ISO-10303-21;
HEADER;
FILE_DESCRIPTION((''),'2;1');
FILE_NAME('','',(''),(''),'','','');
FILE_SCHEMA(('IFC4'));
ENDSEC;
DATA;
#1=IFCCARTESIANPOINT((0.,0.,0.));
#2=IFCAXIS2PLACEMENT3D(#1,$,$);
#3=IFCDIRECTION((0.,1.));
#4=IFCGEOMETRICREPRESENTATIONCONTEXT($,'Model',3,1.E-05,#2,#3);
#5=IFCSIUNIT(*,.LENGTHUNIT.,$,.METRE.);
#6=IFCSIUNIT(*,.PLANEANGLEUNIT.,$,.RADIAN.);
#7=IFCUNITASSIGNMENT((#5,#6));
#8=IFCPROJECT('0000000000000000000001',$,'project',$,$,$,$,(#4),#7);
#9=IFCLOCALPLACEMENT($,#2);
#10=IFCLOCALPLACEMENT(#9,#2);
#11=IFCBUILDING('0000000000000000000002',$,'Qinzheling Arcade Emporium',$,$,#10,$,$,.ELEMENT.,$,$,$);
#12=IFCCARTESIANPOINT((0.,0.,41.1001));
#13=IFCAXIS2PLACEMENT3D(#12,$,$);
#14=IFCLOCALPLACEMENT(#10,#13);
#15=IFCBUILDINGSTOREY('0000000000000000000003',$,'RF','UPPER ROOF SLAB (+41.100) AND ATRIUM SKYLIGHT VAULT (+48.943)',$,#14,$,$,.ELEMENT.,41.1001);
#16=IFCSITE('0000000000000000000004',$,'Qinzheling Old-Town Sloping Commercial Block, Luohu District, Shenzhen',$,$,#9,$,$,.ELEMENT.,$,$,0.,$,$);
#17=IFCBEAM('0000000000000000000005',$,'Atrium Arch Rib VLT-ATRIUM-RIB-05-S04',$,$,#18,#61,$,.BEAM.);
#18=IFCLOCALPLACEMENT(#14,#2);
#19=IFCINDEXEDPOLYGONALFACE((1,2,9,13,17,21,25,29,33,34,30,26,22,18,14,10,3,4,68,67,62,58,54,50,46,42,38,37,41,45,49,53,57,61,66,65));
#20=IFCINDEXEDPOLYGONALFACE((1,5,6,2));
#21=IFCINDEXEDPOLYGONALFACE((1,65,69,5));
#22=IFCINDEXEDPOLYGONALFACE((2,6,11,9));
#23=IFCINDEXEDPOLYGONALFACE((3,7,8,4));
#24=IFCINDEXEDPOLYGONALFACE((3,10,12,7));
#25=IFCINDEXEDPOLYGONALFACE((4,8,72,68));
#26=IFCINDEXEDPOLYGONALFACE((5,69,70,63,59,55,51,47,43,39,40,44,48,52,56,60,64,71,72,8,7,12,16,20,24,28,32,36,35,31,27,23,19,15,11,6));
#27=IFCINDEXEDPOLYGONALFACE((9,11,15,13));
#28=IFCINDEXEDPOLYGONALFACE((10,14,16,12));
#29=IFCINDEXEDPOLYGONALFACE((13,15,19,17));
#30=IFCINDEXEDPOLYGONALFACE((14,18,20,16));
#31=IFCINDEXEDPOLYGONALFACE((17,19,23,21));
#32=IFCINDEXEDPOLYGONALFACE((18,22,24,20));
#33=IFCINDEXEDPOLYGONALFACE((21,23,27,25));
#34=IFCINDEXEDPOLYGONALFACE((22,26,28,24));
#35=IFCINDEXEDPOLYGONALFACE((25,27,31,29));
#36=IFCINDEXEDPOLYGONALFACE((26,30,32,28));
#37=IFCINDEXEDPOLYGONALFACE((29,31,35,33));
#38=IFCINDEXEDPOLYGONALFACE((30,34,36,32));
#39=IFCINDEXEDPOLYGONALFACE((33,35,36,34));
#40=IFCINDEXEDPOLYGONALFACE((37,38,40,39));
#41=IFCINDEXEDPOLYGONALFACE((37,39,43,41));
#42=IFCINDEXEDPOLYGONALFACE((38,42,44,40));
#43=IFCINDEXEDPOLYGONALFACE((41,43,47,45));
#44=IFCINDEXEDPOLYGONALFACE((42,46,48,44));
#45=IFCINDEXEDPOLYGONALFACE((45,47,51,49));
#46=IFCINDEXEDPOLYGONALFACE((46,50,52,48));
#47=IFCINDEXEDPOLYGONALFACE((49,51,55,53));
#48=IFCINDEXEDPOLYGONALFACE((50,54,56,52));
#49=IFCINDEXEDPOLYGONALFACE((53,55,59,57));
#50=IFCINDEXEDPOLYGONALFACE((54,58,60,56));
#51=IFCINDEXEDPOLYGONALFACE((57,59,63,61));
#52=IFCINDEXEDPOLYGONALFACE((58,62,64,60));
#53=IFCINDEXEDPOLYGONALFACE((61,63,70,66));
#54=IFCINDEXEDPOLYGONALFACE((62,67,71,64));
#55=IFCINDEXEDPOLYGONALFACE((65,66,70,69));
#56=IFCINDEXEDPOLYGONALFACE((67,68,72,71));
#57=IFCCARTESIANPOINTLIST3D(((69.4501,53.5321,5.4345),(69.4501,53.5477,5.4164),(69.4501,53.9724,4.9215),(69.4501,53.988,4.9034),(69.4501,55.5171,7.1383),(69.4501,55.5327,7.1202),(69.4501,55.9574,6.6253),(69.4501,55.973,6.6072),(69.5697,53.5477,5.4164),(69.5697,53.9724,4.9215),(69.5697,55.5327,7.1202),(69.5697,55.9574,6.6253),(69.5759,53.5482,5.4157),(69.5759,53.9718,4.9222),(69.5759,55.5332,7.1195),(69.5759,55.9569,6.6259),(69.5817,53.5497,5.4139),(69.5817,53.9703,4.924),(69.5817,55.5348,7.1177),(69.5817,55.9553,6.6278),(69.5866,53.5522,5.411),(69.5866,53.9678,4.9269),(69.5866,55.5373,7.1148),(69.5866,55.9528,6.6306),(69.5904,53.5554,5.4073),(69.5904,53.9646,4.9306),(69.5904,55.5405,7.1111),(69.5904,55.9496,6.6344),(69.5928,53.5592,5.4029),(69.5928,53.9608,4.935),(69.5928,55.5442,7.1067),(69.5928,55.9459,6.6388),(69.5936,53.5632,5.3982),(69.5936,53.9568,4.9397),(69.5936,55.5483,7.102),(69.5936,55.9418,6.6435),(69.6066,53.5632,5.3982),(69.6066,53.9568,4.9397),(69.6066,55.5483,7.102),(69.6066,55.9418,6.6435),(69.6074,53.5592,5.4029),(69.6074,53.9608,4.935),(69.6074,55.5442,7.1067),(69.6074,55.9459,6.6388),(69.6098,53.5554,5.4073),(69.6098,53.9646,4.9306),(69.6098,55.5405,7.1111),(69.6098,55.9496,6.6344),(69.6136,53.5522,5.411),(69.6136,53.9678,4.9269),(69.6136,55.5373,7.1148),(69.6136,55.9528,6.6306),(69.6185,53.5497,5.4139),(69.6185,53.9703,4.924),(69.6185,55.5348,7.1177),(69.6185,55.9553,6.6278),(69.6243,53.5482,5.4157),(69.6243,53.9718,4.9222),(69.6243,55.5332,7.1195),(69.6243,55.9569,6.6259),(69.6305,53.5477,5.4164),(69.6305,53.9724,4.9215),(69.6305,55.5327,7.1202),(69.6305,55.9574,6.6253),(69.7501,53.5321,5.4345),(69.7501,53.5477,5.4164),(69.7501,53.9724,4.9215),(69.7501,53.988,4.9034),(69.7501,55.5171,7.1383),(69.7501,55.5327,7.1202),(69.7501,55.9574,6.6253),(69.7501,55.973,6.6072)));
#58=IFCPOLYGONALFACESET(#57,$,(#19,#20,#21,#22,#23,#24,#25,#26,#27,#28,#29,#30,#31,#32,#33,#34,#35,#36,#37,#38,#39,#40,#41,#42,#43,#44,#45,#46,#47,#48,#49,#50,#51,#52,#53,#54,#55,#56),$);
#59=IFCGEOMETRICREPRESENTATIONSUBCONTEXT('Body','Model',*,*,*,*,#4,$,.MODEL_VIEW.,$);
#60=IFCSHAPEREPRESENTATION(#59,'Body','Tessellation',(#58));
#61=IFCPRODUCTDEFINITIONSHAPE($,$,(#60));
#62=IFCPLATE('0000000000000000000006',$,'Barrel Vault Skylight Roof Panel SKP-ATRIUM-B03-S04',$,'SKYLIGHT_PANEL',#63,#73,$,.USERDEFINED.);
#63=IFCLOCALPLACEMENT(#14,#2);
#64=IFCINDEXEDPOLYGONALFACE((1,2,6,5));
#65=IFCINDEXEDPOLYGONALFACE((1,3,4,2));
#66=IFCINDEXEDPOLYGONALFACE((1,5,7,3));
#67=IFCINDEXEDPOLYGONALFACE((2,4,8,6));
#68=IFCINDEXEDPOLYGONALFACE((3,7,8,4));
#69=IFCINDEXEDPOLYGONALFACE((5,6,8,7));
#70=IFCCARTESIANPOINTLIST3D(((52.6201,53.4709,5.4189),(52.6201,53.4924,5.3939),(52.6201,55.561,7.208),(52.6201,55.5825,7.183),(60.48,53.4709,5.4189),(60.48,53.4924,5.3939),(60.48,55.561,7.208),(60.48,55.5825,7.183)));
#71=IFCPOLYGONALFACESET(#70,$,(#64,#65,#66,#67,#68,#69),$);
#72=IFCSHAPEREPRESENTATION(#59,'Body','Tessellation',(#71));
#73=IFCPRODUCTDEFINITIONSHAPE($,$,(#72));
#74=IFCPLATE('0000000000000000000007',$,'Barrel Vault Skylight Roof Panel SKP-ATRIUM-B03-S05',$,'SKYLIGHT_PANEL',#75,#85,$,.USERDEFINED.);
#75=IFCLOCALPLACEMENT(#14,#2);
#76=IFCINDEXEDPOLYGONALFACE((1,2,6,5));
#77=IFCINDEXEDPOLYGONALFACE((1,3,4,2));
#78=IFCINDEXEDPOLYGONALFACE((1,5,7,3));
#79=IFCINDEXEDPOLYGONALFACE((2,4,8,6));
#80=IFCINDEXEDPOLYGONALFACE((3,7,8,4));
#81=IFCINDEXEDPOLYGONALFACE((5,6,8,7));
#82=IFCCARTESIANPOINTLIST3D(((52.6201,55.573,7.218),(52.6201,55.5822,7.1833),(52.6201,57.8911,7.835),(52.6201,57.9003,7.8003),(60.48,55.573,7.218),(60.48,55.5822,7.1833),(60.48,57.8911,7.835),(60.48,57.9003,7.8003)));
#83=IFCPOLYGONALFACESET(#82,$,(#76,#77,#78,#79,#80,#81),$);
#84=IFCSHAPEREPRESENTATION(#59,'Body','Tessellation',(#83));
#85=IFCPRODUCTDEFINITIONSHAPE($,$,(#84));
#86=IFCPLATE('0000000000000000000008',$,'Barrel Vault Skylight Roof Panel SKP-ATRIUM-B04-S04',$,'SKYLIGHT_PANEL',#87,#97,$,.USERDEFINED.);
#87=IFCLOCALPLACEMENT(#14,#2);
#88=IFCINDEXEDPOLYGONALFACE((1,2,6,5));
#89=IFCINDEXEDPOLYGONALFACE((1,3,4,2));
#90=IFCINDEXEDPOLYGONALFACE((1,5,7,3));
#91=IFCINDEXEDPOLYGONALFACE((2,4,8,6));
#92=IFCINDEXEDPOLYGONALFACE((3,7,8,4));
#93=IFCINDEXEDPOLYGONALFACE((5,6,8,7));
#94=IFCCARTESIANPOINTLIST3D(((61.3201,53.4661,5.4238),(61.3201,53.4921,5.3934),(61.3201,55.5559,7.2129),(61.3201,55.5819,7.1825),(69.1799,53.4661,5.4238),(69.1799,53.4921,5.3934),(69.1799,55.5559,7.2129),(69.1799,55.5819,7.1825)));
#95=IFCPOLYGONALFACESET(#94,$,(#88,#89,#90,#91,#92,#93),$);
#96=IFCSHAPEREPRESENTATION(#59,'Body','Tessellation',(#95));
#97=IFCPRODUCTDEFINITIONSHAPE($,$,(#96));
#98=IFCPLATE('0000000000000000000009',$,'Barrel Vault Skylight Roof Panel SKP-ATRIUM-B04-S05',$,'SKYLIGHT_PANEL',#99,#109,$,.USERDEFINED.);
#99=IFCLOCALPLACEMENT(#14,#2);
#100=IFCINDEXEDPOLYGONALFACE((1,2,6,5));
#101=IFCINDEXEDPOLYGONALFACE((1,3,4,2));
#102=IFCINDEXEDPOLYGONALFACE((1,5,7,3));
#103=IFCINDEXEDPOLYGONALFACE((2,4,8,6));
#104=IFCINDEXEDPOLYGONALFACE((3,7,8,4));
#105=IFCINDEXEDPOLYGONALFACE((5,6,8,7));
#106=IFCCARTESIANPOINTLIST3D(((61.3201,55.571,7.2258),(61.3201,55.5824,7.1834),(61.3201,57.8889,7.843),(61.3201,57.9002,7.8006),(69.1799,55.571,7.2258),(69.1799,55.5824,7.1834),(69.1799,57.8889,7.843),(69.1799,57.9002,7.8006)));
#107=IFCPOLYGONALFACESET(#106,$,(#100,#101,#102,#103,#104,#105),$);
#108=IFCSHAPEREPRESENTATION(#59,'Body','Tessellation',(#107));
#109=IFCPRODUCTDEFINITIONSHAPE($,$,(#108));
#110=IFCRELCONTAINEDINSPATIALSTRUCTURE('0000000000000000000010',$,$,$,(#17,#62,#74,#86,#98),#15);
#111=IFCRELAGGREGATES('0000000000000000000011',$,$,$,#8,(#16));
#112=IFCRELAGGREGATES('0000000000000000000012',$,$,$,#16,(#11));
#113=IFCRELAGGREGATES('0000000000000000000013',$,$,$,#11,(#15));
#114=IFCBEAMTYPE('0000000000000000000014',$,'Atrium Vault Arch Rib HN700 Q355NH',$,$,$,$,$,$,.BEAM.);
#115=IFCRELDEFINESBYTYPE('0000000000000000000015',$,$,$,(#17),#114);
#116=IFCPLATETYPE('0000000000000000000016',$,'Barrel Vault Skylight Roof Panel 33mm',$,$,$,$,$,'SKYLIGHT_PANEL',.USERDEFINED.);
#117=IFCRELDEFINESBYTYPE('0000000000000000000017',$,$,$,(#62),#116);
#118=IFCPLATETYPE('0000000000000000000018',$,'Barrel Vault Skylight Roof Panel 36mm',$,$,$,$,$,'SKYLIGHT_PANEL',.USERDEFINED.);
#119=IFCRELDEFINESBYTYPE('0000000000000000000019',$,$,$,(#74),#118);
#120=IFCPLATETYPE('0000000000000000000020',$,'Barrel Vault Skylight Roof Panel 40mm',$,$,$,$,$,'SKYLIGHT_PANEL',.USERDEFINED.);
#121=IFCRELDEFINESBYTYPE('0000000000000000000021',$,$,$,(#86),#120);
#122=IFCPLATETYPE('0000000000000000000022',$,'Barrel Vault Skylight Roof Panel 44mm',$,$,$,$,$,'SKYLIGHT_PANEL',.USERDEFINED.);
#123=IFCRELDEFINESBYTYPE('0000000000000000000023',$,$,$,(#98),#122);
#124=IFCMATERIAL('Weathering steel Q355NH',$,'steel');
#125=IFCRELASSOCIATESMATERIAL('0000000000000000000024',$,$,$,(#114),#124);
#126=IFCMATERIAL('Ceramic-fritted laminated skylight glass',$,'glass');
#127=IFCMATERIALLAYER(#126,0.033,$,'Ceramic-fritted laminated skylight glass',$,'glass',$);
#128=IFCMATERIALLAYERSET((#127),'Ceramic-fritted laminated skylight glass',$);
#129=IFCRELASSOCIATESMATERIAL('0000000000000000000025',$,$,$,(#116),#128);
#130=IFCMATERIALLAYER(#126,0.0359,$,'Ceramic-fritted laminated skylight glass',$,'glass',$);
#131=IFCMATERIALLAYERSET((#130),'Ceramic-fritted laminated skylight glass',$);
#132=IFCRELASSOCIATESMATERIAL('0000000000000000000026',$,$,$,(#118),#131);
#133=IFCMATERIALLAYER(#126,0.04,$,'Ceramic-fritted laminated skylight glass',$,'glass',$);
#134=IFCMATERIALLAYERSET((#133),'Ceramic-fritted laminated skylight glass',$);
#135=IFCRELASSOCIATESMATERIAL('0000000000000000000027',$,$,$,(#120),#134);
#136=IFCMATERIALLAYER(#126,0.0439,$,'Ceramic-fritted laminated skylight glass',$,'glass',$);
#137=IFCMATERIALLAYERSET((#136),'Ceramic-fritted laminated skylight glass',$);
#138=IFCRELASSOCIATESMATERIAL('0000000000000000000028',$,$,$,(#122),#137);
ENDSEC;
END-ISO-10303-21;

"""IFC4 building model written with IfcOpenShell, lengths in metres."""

from ifc_helpers import new_model, si_unit, direction, frame, origin, origin_2d, place, context, subcontext, project, spatial, polyline, i_section, outline, extrude, material, layer, layer_set, material_profile, profile_set, type_object, element, save


model = new_model("IFC4")

# Units and contexts
model_context = context("Model", 3, precision=1e-05, world=origin(), true_north=direction((0.0, 1.0)))
body_context = subcontext(model_context, "Body", "Model", "MODEL_VIEW")
ifc_project = project(units=[si_unit("LENGTHUNIT", "METRE"), si_unit("PLANEANGLEUNIT", "RADIAN")], contexts=[model_context])

# Site, building, storey
site_placement = place(None, origin())
site = spatial("IfcSite", under=ifc_project, at=site_placement, Name="Qinzheling Old-Town Sloping Commercial Block, Luohu District, Shenzhen", CompositionType="ELEMENT", RefElevation=0.0)
building_placement = place(site_placement, origin())
building = spatial("IfcBuilding", under=site, at=building_placement, Name="Qinzheling Arcade Emporium", CompositionType="ELEMENT")
storey_placement = place(building_placement, frame((0.0, 0.0, 41.1001)))
storey = spatial("IfcBuildingStorey", under=building, at=storey_placement, Name="RF", Description="UPPER ROOF SLAB (+41.100) AND ATRIUM SKYLIGHT VAULT (+48.943)", CompositionType="ELEMENT", Elevation=41.1001)

# Shared definitions
ifc_material_1 = material(Name="Weathering steel Q355NH", Category="steel")

# Beam
ifc_material_profile_1 = material_profile(ifc_material_1, i_section(OverallWidth=0.3, OverallDepth=0.7, WebThickness=0.0129, FlangeThickness=0.0239, FilletRadius=0.0239, at=origin_2d()), Name="HN 700x300x13x24", Category="steel")
ifc_profile_set_1 = profile_set([ifc_material_profile_1], Name="Weathering steel Q355NH")
beam_type_1 = type_object("IfcBeamType", Name="Atrium Vault Arch Rib HN700 Q355NH", PredefinedType="BEAM", material=ifc_profile_set_1)
beam_1_placement = place(storey_placement, frame((69.6001, 53.76, 5.1689), z_axis=(0.0, 0.758815, 0.651306), x_axis=(-1.0, 0.0, 0.0)))
element("IfcBeam", 1, at=beam_1_placement, inside=storey, type_object=beam_type_1, Name="Atrium Arch Rib VLT-ATRIUM-RIB-05-S04", PredefinedType="BEAM", context=body_context, shape_type="SweptSolid", body=[
    extrude(i_section(OverallWidth=0.3, OverallDepth=0.7, WebThickness=0.0129, FlangeThickness=0.0239, FilletRadius=0.0239, at=origin_2d()), origin(), (0.0, 0.0, 1.0), 2.616),
])

# Plates
ifc_material_2 = material(Name="Ceramic-fritted laminated skylight glass", Category="glass")
ifc_layer_1 = layer(ifc_material_2, 0.033, Name="Ceramic-fritted laminated skylight glass", Category="glass")
ifc_layer_set_1 = layer_set([ifc_layer_1], Name="Ceramic-fritted laminated skylight glass")
plate_type_1 = type_object("IfcPlateType", Name="Barrel Vault Skylight Roof Panel 33mm", ElementType="SKYLIGHT_PANEL", PredefinedType="USERDEFINED", material=ifc_layer_set_1)
plate_1_placement = place(storey_placement, frame((52.6201, 53.4709, 5.4189), z_axis=(0.0, -0.65028, 0.759695), x_axis=(1.0, 0.0, 0.0)))
element("IfcPlate", 2, at=plate_1_placement, inside=storey, type_object=plate_type_1, Name="Barrel Vault Skylight Roof Panel SKP-ATRIUM-B03-S04", ObjectType="SKYLIGHT_PANEL", PredefinedType="USERDEFINED", context=body_context, shape_type="SweptSolid", body=[
    extrude(outline(polyline([(0.0, 0.0), (7.8599, 0.0), (7.8599, 2.7512), (0.0, 2.7512), (0.0, 0.0)])), origin(), (0.0, 0.0, -1.0), 0.033),
])
ifc_layer_2 = layer(ifc_material_2, 0.0359, Name="Ceramic-fritted laminated skylight glass", Category="glass")
ifc_layer_set_2 = layer_set([ifc_layer_2], Name="Ceramic-fritted laminated skylight glass")
plate_type_2 = type_object("IfcPlateType", Name="Barrel Vault Skylight Roof Panel 36mm", ElementType="SKYLIGHT_PANEL", PredefinedType="USERDEFINED", material=ifc_layer_set_2)
plate_2_placement = place(storey_placement, frame((52.6201, 55.573, 7.218), z_axis=(0.0, -0.257188, 0.966362), x_axis=(1.0, 0.0, 0.0)))
element("IfcPlate", 3, at=plate_2_placement, inside=storey, type_object=plate_type_2, Name="Barrel Vault Skylight Roof Panel SKP-ATRIUM-B03-S05", ObjectType="SKYLIGHT_PANEL", PredefinedType="USERDEFINED", context=body_context, shape_type="SweptSolid", body=[
    extrude(outline(polyline([(0.0, 0.0), (7.8599, 0.0), (7.8599, 2.3988), (0.0, 2.3988), (0.0, 0.0)])), origin(), (0.0, 0.0, -1.0), 0.0359),
])
ifc_layer_3 = layer(ifc_material_2, 0.04, Name="Ceramic-fritted laminated skylight glass", Category="glass")
ifc_layer_set_3 = layer_set([ifc_layer_3], Name="Ceramic-fritted laminated skylight glass")
plate_type_3 = type_object("IfcPlateType", Name="Barrel Vault Skylight Roof Panel 40mm", ElementType="SKYLIGHT_PANEL", PredefinedType="USERDEFINED", material=ifc_layer_set_3)
plate_3_placement = place(storey_placement, frame((61.3201, 53.4661, 5.4238), z_axis=(0.0, -0.650324, 0.759657), x_axis=(1.0, 0.0, 0.0)))
element("IfcPlate", 4, at=plate_3_placement, inside=storey, type_object=plate_type_3, Name="Barrel Vault Skylight Roof Panel SKP-ATRIUM-B04-S04", ObjectType="SKYLIGHT_PANEL", PredefinedType="USERDEFINED", context=body_context, shape_type="SweptSolid", body=[
    extrude(outline(polyline([(0.0, 0.0), (7.8599, 0.0), (7.8599, 2.751), (0.0, 2.751), (0.0, 0.0)])), origin(), (0.0, 0.0, -1.0), 0.04),
])
ifc_layer_4 = layer(ifc_material_2, 0.0439, Name="Ceramic-fritted laminated skylight glass", Category="glass")
ifc_layer_set_4 = layer_set([ifc_layer_4], Name="Ceramic-fritted laminated skylight glass")
plate_type_4 = type_object("IfcPlateType", Name="Barrel Vault Skylight Roof Panel 44mm", ElementType="SKYLIGHT_PANEL", PredefinedType="USERDEFINED", material=ifc_layer_set_4)
plate_4_placement = place(storey_placement, frame((61.3201, 55.571, 7.2258), z_axis=(0.0, -0.257308, 0.966329), x_axis=(1.0, 0.0, 0.0)))
element("IfcPlate", 5, at=plate_4_placement, inside=storey, type_object=plate_type_4, Name="Barrel Vault Skylight Roof Panel SKP-ATRIUM-B04-S05", ObjectType="SKYLIGHT_PANEL", PredefinedType="USERDEFINED", context=body_context, shape_type="SweptSolid", body=[
    extrude(outline(polyline([(0.0, 0.0), (7.8599, 0.0), (7.8599, 2.3986), (0.0, 2.3986), (0.0, 0.0)])), origin(), (0.0, 0.0, -1.0), 0.0439),
])

save(model, "model.ifc")
